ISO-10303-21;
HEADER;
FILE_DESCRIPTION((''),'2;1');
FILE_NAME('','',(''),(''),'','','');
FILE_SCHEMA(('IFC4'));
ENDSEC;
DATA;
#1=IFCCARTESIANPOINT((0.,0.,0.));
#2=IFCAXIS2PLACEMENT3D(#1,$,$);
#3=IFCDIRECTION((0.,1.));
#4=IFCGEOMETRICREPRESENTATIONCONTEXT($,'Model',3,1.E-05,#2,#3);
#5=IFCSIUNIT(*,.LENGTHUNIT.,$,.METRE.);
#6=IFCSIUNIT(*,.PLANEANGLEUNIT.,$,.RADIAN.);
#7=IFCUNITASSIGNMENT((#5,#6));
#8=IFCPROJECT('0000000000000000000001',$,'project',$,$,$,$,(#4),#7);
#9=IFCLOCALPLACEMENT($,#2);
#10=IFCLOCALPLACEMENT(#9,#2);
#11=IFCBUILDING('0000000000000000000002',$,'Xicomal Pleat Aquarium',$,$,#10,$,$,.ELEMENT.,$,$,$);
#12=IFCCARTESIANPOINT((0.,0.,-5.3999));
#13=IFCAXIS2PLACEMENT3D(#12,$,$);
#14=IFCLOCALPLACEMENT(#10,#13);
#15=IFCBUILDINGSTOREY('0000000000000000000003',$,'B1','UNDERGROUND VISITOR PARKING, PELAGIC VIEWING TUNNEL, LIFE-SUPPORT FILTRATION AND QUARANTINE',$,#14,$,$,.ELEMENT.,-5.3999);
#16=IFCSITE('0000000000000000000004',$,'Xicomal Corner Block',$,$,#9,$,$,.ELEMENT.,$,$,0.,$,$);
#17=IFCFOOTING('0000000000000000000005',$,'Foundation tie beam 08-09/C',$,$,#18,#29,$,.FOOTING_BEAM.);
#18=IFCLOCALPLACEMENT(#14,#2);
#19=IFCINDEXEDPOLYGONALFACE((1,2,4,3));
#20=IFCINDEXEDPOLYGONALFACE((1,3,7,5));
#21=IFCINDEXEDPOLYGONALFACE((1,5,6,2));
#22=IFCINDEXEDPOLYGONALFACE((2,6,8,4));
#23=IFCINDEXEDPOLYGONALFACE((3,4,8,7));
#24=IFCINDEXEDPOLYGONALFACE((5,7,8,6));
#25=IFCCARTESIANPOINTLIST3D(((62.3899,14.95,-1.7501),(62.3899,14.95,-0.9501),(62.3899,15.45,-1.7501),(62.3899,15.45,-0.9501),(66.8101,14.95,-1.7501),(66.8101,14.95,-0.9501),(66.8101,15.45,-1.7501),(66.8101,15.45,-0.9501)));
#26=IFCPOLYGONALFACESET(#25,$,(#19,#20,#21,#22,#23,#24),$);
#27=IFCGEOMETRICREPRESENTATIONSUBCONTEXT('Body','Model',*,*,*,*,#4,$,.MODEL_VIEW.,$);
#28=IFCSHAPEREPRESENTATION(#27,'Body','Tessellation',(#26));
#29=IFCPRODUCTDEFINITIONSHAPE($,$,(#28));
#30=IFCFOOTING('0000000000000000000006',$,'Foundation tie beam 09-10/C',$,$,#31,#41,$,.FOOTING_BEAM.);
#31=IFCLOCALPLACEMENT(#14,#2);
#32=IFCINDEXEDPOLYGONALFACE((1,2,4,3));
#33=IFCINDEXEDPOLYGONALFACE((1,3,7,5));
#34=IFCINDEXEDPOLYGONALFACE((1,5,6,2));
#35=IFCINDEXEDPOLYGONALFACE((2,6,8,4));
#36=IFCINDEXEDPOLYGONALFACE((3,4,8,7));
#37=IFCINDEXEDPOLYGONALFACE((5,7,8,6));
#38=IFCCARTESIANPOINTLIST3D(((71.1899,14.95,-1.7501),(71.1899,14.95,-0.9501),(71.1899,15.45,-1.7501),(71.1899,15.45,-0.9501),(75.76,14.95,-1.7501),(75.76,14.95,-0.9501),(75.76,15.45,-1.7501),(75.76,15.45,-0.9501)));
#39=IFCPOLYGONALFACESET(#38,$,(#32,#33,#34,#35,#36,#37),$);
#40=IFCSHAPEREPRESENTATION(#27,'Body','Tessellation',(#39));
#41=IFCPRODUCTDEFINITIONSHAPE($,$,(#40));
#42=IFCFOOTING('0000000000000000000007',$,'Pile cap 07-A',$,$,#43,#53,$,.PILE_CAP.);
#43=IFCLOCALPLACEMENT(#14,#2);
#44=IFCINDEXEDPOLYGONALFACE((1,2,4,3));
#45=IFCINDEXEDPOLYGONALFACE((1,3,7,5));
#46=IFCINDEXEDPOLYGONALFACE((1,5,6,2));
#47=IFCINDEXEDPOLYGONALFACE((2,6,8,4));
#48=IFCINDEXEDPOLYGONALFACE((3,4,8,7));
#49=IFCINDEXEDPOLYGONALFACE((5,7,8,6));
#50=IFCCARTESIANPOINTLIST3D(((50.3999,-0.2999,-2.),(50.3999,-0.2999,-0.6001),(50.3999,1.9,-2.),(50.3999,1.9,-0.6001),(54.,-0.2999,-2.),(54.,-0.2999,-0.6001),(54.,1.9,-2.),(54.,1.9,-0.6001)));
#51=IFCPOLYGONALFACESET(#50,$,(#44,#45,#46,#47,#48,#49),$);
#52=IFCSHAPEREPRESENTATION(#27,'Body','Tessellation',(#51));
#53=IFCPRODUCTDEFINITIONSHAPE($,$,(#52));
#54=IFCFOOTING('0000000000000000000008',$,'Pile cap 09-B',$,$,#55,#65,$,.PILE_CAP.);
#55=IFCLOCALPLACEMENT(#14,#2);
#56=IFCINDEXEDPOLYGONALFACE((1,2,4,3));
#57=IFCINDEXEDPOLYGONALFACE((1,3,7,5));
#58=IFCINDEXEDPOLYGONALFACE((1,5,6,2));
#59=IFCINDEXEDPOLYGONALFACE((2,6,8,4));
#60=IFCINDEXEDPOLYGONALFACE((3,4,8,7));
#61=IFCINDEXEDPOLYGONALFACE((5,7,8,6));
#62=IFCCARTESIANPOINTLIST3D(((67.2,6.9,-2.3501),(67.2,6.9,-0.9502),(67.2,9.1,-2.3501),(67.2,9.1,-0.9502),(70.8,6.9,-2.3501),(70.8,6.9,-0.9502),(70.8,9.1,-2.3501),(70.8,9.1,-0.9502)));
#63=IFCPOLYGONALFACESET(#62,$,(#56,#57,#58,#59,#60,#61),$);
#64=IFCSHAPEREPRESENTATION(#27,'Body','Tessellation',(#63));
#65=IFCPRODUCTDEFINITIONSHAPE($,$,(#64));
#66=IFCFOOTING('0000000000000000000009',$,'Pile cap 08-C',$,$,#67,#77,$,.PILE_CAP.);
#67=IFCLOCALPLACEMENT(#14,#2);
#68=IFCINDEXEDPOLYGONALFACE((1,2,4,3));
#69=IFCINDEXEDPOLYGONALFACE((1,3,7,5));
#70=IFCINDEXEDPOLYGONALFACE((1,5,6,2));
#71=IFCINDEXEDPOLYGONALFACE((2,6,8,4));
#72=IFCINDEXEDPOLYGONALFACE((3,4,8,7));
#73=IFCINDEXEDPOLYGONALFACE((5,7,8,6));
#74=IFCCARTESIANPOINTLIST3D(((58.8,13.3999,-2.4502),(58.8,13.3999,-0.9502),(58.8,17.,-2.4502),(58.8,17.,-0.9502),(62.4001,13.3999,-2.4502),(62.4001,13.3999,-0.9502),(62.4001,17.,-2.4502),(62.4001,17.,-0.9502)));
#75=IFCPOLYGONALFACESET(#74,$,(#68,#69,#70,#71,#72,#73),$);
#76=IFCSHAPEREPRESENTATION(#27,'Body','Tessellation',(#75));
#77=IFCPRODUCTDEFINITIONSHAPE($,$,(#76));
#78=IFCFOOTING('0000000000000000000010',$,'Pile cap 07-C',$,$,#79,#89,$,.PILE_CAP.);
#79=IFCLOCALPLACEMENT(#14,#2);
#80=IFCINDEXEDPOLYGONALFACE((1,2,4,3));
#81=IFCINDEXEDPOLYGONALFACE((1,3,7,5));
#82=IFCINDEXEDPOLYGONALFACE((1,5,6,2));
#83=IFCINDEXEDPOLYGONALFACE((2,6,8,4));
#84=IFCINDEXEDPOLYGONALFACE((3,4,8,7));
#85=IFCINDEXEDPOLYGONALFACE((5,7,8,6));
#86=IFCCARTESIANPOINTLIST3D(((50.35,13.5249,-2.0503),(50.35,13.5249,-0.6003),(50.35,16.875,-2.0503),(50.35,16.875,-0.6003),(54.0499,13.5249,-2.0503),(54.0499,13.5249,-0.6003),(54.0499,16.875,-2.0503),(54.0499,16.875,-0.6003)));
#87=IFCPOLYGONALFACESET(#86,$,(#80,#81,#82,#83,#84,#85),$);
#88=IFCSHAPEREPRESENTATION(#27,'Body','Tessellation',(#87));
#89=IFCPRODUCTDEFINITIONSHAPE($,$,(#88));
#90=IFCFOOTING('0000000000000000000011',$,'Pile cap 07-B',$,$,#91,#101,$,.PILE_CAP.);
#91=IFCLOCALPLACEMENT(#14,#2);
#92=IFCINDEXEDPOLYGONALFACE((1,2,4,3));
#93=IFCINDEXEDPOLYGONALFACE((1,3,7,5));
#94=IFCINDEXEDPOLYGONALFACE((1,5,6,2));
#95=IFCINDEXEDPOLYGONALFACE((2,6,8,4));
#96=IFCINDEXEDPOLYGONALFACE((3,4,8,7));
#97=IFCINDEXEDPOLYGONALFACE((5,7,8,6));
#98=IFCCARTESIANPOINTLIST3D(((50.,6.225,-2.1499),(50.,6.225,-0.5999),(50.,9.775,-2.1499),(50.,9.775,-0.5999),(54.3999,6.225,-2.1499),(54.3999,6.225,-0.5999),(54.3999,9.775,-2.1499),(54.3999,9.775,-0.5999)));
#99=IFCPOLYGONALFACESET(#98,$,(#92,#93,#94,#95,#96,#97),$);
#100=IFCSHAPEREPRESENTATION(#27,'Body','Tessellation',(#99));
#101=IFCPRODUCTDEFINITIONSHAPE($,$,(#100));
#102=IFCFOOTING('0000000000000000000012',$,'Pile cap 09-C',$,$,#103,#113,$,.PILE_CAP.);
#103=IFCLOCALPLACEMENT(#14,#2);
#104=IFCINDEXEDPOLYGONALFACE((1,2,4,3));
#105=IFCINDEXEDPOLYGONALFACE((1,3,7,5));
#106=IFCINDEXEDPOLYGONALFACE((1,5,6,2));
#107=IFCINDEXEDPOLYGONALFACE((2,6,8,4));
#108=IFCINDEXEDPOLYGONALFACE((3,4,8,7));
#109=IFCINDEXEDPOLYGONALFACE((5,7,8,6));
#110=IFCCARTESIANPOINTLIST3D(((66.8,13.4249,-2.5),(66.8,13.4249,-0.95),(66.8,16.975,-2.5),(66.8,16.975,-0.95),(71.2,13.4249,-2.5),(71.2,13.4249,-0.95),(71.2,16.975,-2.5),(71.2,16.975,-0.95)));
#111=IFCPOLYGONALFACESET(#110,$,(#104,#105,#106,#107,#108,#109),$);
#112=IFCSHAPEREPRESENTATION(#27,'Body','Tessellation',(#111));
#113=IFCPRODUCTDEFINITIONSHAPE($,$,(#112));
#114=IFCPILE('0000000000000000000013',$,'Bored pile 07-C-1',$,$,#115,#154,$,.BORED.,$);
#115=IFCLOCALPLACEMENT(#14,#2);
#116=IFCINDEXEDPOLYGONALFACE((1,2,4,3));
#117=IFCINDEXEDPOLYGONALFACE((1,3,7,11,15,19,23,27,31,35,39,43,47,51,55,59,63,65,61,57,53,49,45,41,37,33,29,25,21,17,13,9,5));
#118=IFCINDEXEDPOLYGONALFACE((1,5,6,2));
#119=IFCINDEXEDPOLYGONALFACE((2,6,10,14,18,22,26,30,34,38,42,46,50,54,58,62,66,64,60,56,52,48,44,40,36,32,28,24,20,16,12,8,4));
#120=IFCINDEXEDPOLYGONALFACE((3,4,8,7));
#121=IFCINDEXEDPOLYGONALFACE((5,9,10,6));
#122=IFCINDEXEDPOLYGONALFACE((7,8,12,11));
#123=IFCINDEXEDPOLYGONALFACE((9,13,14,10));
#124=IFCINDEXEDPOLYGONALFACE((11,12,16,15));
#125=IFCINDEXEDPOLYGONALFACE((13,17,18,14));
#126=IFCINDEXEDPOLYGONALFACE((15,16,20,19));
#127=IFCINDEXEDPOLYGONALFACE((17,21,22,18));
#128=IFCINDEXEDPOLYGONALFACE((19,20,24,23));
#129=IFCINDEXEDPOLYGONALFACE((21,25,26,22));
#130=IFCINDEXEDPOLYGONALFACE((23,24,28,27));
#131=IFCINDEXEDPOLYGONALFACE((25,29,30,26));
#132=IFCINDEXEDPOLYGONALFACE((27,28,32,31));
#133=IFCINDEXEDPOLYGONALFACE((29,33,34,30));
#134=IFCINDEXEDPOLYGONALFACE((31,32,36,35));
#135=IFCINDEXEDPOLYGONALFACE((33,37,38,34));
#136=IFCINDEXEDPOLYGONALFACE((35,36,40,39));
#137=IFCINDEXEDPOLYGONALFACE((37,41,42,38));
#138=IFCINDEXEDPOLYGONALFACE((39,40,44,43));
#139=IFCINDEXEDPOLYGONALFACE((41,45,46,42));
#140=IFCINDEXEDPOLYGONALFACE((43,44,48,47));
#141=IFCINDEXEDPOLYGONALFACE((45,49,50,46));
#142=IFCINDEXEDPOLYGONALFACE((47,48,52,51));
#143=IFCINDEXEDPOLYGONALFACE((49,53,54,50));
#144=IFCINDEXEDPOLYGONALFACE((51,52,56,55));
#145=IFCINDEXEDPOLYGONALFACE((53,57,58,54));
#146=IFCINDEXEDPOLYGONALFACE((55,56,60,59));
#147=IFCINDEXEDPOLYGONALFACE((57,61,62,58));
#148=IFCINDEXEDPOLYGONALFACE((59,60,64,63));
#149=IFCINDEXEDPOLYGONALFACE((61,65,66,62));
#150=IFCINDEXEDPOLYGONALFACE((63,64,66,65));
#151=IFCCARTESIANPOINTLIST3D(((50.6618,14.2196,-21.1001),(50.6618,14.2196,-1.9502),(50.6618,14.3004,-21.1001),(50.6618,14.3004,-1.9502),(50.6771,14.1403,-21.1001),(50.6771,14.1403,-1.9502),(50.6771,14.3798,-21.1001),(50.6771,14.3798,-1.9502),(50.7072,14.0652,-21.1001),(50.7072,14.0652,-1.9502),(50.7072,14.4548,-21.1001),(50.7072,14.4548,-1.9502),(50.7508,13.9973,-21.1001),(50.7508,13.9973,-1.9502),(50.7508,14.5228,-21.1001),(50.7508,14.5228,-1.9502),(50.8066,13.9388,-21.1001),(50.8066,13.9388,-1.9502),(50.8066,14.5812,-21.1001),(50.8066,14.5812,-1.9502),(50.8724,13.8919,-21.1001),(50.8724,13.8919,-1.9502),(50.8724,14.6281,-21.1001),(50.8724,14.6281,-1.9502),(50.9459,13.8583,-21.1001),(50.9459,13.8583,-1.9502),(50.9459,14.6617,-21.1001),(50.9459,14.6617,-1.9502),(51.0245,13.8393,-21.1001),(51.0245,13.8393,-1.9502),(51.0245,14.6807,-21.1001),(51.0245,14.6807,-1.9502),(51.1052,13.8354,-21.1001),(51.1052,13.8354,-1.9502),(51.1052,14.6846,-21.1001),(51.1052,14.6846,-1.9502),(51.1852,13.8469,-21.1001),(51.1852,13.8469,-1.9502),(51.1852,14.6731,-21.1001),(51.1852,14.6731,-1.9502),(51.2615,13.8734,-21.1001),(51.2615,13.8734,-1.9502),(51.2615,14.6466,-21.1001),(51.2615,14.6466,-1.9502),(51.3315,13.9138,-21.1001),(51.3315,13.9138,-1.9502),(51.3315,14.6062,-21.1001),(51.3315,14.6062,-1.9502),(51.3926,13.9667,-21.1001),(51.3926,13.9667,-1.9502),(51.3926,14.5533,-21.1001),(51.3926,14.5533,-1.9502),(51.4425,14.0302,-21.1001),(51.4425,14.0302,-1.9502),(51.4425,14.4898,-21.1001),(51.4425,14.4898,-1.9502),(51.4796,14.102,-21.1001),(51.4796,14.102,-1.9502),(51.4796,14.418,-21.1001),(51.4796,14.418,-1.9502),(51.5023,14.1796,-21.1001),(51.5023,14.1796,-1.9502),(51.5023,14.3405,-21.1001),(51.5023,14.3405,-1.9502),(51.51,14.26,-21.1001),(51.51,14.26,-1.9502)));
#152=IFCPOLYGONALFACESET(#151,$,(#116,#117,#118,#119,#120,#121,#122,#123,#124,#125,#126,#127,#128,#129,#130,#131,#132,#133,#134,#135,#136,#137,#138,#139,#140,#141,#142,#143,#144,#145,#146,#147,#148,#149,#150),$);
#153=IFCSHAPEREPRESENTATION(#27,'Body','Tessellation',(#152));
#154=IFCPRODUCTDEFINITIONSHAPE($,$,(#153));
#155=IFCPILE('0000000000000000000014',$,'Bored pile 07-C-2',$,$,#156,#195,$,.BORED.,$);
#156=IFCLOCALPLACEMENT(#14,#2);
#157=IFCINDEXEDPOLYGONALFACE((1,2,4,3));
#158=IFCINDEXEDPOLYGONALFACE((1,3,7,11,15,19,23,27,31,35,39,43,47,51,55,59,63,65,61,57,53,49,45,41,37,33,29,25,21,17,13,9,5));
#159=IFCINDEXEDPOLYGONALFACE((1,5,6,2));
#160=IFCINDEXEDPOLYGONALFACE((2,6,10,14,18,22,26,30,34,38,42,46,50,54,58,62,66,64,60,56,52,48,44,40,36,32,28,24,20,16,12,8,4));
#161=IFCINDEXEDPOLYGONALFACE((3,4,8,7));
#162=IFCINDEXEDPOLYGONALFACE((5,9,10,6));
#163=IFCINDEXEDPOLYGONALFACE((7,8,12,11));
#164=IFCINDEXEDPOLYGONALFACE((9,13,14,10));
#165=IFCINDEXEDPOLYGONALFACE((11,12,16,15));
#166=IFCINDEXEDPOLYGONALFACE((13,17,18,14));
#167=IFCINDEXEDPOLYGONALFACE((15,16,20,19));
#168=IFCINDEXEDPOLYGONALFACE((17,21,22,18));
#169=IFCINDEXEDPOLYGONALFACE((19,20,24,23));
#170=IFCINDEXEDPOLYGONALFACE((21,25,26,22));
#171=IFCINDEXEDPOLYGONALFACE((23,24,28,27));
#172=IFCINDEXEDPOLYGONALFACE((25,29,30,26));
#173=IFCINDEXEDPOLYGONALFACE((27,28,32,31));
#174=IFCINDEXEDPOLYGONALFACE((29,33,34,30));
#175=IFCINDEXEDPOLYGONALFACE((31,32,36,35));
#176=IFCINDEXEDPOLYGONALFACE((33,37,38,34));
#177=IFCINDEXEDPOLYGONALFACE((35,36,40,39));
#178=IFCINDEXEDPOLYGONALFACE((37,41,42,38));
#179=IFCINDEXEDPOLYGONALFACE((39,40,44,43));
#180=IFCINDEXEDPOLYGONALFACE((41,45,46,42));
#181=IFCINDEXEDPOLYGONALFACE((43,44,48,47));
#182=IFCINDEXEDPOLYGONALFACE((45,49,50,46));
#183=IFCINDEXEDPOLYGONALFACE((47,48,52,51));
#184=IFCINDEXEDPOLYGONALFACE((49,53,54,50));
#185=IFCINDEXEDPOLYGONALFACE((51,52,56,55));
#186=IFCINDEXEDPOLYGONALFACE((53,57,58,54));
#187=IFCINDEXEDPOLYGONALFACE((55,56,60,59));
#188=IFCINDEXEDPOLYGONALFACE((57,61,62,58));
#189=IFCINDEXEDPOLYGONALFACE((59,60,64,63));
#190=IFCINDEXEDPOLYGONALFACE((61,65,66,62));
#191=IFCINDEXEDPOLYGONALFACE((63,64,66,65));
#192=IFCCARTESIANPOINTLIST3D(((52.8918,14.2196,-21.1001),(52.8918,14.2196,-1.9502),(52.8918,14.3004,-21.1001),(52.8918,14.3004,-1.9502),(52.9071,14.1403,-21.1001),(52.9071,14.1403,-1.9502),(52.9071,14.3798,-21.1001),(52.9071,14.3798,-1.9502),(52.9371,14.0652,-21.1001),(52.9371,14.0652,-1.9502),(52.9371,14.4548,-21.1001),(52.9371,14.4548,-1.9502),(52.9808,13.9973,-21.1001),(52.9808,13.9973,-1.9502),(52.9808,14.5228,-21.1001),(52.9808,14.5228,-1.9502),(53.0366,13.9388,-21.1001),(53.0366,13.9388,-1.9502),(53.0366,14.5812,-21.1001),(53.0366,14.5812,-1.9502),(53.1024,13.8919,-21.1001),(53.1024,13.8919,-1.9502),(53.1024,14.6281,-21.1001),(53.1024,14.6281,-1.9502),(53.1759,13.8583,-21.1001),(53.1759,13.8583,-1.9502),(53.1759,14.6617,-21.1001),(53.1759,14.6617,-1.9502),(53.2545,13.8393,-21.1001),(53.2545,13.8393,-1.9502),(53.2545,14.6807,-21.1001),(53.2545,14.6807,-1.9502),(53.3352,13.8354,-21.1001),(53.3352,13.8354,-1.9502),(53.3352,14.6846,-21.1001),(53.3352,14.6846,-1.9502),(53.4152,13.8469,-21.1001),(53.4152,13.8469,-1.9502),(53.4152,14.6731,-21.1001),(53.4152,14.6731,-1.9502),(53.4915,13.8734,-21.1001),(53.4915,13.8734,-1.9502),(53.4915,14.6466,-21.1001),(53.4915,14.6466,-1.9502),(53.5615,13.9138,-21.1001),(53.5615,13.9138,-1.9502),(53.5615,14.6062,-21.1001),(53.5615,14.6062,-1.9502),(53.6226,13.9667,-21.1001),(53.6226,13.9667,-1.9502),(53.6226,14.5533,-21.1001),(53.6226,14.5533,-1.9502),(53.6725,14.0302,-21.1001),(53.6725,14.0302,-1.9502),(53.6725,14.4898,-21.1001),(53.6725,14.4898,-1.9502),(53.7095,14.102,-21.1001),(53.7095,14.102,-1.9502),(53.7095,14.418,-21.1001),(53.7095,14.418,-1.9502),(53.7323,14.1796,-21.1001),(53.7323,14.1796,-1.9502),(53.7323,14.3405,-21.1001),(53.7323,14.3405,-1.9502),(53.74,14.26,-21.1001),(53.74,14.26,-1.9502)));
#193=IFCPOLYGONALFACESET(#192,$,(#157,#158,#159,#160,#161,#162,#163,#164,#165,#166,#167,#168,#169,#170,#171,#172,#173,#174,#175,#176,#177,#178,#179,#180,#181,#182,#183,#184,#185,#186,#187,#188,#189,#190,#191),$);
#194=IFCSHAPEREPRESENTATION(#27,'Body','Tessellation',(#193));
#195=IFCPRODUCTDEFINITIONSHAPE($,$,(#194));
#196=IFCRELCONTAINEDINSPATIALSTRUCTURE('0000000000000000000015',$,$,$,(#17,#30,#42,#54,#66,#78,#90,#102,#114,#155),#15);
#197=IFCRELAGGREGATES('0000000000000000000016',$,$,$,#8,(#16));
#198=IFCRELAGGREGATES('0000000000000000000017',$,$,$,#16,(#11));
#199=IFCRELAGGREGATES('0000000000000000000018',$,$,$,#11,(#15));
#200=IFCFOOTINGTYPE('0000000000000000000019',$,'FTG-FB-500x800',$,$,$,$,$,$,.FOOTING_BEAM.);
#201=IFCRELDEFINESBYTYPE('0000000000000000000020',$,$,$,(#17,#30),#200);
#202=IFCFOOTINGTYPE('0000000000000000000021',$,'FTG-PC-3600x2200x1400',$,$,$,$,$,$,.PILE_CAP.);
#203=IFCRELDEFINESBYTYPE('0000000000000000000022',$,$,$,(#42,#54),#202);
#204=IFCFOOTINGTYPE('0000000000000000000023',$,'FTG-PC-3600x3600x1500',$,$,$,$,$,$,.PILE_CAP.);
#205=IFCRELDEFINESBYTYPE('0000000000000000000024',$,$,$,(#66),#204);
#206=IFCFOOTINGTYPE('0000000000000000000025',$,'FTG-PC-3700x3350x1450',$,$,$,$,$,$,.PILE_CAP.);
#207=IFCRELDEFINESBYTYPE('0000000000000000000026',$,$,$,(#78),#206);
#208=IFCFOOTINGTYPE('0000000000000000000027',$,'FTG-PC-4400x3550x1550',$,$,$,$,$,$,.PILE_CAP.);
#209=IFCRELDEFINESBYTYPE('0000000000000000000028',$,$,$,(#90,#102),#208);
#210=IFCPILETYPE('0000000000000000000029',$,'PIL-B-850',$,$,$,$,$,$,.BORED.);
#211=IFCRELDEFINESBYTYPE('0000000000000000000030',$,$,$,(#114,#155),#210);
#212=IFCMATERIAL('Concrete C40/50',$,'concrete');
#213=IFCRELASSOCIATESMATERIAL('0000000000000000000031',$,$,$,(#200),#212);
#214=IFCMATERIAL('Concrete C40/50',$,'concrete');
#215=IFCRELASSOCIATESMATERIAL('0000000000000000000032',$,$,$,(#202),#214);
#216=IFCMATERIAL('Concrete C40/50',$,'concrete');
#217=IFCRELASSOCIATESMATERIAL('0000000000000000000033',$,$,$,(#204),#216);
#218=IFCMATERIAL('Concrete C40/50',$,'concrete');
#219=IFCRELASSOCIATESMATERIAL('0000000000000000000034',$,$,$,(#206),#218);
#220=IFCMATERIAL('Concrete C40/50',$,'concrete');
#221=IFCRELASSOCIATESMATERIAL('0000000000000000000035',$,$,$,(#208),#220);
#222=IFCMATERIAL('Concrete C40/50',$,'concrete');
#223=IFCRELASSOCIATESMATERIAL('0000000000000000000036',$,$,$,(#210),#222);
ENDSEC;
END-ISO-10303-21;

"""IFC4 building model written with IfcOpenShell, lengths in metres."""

from ifc_helpers import new_model, si_unit, direction, frame, origin, origin_2d, place, context, subcontext, project, spatial, rectangle, circle, extrude, material, material_profile, profile_set, type_object, element, save


model = new_model("IFC4")

# Units and contexts
model_context = context("Model", 3, precision=1e-05, world=origin(), true_north=direction((0.0, 1.0)))
body_context = subcontext(model_context, "Body", "Model", "MODEL_VIEW")
ifc_project = project(units=[si_unit("LENGTHUNIT", "METRE"), si_unit("PLANEANGLEUNIT", "RADIAN")], contexts=[model_context])

# Site, building, storey
site_placement = place(None, origin())
site = spatial("IfcSite", under=ifc_project, at=site_placement, Name="Xicomal Corner Block", CompositionType="ELEMENT", RefElevation=0.0)
building_placement = place(site_placement, origin())
building = spatial("IfcBuilding", under=site, at=building_placement, Name="Xicomal Pleat Aquarium", CompositionType="ELEMENT")
storey_placement = place(building_placement, frame((0.0, 0.0, -5.3999)))
storey = spatial("IfcBuildingStorey", under=building, at=storey_placement, Name="B1", Description="UNDERGROUND VISITOR PARKING, PELAGIC VIEWING TUNNEL, LIFE-SUPPORT FILTRATION AND QUARANTINE", CompositionType="ELEMENT", Elevation=-5.3999)

# Footings
ifc_material_1 = material(Name="Concrete C40/50", Category="concrete")
ifc_material_profile_1 = material_profile(ifc_material_1, rectangle(XDim=0.5, YDim=0.8, at=origin_2d()), Name="FB-01 500x800")
ifc_profile_set_1 = profile_set([ifc_material_profile_1], Name="Concrete C40/50")
footing_type_1 = type_object("IfcFootingType", Name="FTG-FB-500x800", PredefinedType="FOOTING_BEAM", material=ifc_profile_set_1)
footing_1_placement = place(storey_placement, frame((62.3899, 15.2, -1.3501), z_axis=(1.0, 0.0, 0.0), x_axis=(0.0, 1.0, 0.0)))
element("IfcFooting", 1, at=footing_1_placement, inside=storey, type_object=footing_type_1, Name="Foundation tie beam 08-09/C", PredefinedType="FOOTING_BEAM", context=body_context, shape_type="SweptSolid", body=[
    extrude(rectangle(XDim=0.5, YDim=0.8, at=origin_2d()), origin(), (0.0, 0.0, 1.0), 4.4202),
])
footing_2_placement = place(storey_placement, frame((71.1899, 15.2, -1.3501), z_axis=(1.0, 0.0, 0.0), x_axis=(0.0, 1.0, 0.0)))
element("IfcFooting", 2, at=footing_2_placement, inside=storey, type_object=footing_type_1, Name="Foundation tie beam 09-10/C", PredefinedType="FOOTING_BEAM", context=body_context, shape_type="SweptSolid", body=[
    extrude(rectangle(XDim=0.5, YDim=0.8, at=origin_2d()), origin(), (0.0, 0.0, 1.0), 4.5701),
])
ifc_material_2 = material(Name="Concrete C40/50", Category="concrete")
footing_type_2 = type_object("IfcFootingType", Name="FTG-PC-3600x2200x1400", PredefinedType="PILE_CAP", material=ifc_material_2)
for number, where, z_axis, x_axis, name in (
    (3, (52.2, 0.8, -2.0), (0.0, 0.0, 1.0), (1.0, 0.0, 0.0), "Pile cap 07-A"),
    (4, (69.0, 8.0, -2.3501), (0.0, 0.0, 1.0), (1.0, 0.0, 0.0), "Pile cap 09-B"),
):
    element("IfcFooting", number, at=place(storey_placement, frame(where, z_axis=z_axis, x_axis=x_axis)), inside=storey, type_object=footing_type_2, Name=name, PredefinedType="PILE_CAP", context=body_context, shape_type="SweptSolid", body=[
        extrude(rectangle(XDim=3.6001, YDim=2.2, at=origin_2d()), origin(), (0.0, 0.0, 1.0), 1.3999),
    ])
ifc_material_3 = material(Name="Concrete C40/50", Category="concrete")
footing_type_3 = type_object("IfcFootingType", Name="FTG-PC-3600x3600x1500", PredefinedType="PILE_CAP", material=ifc_material_3)
footing_3_placement = place(storey_placement, frame((60.6001, 15.2, -2.4502), z_axis=(0.0, 0.0, 1.0), x_axis=(1.0, 0.0, 0.0)))
element("IfcFooting", 5, at=footing_3_placement, inside=storey, type_object=footing_type_3, Name="Pile cap 08-C", PredefinedType="PILE_CAP", context=body_context, shape_type="SweptSolid", body=[
    extrude(rectangle(XDim=3.6001, YDim=3.6001, at=origin_2d()), origin(), (0.0, 0.0, 1.0), 1.5),
])
ifc_material_4 = material(Name="Concrete C40/50", Category="concrete")
footing_type_4 = type_object("IfcFootingType", Name="FTG-PC-3700x3350x1450", PredefinedType="PILE_CAP", material=ifc_material_4)
footing_4_placement = place(storey_placement, frame((52.2, 15.2, -2.0503), z_axis=(0.0, 0.0, 1.0), x_axis=(1.0, 0.0, 0.0)))
element("IfcFooting", 6, at=footing_4_placement, inside=storey, type_object=footing_type_4, Name="Pile cap 07-C", PredefinedType="PILE_CAP", context=body_context, shape_type="SweptSolid", body=[
    extrude(rectangle(XDim=3.7, YDim=3.3501, at=origin_2d()), origin(), (0.0, 0.0, 1.0), 1.45),
])
ifc_material_5 = material(Name="Concrete C40/50", Category="concrete")
footing_type_5 = type_object("IfcFootingType", Name="FTG-PC-4400x3550x1550", PredefinedType="PILE_CAP", material=ifc_material_5)
for number, where, z_axis, x_axis, name in (
    (7, (52.2, 8.0, -2.1499), (0.0, 0.0, 1.0), (1.0, 0.0, 0.0), "Pile cap 07-B"),
    (8, (69.0, 15.2, -2.5), (0.0, 0.0, 1.0), (1.0, 0.0, 0.0), "Pile cap 09-C"),
):
    element("IfcFooting", number, at=place(storey_placement, frame(where, z_axis=z_axis, x_axis=x_axis)), inside=storey, type_object=footing_type_5, Name=name, PredefinedType="PILE_CAP", context=body_context, shape_type="SweptSolid", body=[
        extrude(rectangle(XDim=4.3999, YDim=3.55, at=origin_2d()), origin(), (0.0, 0.0, 1.0), 1.55),
    ])

# Piles
ifc_material_6 = material(Name="Concrete C40/50", Category="concrete")
ifc_material_profile_2 = material_profile(ifc_material_6, circle(Radius=0.425, at=origin_2d()), Name="BORED PILE D850")
ifc_profile_set_2 = profile_set([ifc_material_profile_2], Name="Concrete C40/50")
pile_type_1 = type_object("IfcPileType", Name="PIL-B-850", PredefinedType="BORED", material=ifc_profile_set_2)
for number, where, z_axis, x_axis, name in (
    (9, (51.085, 14.26, -1.9502), (0.0, 0.0, -1.0), (1.0, 0.0, 0.0), "Bored pile 07-C-1"),
    (10, (53.3149, 14.26, -1.9502), (0.0, 0.0, -1.0), (1.0, 0.0, 0.0), "Bored pile 07-C-2"),
):
    element("IfcPile", number, at=place(storey_placement, frame(where, z_axis=z_axis, x_axis=x_axis)), inside=storey, type_object=pile_type_1, Name=name, PredefinedType="BORED", context=body_context, shape_type="SweptSolid", body=[
        extrude(circle(Radius=0.425, at=origin_2d()), origin(), (0.0, 0.0, 1.0), 19.1499),
    ])

save(model, "model.ifc")
